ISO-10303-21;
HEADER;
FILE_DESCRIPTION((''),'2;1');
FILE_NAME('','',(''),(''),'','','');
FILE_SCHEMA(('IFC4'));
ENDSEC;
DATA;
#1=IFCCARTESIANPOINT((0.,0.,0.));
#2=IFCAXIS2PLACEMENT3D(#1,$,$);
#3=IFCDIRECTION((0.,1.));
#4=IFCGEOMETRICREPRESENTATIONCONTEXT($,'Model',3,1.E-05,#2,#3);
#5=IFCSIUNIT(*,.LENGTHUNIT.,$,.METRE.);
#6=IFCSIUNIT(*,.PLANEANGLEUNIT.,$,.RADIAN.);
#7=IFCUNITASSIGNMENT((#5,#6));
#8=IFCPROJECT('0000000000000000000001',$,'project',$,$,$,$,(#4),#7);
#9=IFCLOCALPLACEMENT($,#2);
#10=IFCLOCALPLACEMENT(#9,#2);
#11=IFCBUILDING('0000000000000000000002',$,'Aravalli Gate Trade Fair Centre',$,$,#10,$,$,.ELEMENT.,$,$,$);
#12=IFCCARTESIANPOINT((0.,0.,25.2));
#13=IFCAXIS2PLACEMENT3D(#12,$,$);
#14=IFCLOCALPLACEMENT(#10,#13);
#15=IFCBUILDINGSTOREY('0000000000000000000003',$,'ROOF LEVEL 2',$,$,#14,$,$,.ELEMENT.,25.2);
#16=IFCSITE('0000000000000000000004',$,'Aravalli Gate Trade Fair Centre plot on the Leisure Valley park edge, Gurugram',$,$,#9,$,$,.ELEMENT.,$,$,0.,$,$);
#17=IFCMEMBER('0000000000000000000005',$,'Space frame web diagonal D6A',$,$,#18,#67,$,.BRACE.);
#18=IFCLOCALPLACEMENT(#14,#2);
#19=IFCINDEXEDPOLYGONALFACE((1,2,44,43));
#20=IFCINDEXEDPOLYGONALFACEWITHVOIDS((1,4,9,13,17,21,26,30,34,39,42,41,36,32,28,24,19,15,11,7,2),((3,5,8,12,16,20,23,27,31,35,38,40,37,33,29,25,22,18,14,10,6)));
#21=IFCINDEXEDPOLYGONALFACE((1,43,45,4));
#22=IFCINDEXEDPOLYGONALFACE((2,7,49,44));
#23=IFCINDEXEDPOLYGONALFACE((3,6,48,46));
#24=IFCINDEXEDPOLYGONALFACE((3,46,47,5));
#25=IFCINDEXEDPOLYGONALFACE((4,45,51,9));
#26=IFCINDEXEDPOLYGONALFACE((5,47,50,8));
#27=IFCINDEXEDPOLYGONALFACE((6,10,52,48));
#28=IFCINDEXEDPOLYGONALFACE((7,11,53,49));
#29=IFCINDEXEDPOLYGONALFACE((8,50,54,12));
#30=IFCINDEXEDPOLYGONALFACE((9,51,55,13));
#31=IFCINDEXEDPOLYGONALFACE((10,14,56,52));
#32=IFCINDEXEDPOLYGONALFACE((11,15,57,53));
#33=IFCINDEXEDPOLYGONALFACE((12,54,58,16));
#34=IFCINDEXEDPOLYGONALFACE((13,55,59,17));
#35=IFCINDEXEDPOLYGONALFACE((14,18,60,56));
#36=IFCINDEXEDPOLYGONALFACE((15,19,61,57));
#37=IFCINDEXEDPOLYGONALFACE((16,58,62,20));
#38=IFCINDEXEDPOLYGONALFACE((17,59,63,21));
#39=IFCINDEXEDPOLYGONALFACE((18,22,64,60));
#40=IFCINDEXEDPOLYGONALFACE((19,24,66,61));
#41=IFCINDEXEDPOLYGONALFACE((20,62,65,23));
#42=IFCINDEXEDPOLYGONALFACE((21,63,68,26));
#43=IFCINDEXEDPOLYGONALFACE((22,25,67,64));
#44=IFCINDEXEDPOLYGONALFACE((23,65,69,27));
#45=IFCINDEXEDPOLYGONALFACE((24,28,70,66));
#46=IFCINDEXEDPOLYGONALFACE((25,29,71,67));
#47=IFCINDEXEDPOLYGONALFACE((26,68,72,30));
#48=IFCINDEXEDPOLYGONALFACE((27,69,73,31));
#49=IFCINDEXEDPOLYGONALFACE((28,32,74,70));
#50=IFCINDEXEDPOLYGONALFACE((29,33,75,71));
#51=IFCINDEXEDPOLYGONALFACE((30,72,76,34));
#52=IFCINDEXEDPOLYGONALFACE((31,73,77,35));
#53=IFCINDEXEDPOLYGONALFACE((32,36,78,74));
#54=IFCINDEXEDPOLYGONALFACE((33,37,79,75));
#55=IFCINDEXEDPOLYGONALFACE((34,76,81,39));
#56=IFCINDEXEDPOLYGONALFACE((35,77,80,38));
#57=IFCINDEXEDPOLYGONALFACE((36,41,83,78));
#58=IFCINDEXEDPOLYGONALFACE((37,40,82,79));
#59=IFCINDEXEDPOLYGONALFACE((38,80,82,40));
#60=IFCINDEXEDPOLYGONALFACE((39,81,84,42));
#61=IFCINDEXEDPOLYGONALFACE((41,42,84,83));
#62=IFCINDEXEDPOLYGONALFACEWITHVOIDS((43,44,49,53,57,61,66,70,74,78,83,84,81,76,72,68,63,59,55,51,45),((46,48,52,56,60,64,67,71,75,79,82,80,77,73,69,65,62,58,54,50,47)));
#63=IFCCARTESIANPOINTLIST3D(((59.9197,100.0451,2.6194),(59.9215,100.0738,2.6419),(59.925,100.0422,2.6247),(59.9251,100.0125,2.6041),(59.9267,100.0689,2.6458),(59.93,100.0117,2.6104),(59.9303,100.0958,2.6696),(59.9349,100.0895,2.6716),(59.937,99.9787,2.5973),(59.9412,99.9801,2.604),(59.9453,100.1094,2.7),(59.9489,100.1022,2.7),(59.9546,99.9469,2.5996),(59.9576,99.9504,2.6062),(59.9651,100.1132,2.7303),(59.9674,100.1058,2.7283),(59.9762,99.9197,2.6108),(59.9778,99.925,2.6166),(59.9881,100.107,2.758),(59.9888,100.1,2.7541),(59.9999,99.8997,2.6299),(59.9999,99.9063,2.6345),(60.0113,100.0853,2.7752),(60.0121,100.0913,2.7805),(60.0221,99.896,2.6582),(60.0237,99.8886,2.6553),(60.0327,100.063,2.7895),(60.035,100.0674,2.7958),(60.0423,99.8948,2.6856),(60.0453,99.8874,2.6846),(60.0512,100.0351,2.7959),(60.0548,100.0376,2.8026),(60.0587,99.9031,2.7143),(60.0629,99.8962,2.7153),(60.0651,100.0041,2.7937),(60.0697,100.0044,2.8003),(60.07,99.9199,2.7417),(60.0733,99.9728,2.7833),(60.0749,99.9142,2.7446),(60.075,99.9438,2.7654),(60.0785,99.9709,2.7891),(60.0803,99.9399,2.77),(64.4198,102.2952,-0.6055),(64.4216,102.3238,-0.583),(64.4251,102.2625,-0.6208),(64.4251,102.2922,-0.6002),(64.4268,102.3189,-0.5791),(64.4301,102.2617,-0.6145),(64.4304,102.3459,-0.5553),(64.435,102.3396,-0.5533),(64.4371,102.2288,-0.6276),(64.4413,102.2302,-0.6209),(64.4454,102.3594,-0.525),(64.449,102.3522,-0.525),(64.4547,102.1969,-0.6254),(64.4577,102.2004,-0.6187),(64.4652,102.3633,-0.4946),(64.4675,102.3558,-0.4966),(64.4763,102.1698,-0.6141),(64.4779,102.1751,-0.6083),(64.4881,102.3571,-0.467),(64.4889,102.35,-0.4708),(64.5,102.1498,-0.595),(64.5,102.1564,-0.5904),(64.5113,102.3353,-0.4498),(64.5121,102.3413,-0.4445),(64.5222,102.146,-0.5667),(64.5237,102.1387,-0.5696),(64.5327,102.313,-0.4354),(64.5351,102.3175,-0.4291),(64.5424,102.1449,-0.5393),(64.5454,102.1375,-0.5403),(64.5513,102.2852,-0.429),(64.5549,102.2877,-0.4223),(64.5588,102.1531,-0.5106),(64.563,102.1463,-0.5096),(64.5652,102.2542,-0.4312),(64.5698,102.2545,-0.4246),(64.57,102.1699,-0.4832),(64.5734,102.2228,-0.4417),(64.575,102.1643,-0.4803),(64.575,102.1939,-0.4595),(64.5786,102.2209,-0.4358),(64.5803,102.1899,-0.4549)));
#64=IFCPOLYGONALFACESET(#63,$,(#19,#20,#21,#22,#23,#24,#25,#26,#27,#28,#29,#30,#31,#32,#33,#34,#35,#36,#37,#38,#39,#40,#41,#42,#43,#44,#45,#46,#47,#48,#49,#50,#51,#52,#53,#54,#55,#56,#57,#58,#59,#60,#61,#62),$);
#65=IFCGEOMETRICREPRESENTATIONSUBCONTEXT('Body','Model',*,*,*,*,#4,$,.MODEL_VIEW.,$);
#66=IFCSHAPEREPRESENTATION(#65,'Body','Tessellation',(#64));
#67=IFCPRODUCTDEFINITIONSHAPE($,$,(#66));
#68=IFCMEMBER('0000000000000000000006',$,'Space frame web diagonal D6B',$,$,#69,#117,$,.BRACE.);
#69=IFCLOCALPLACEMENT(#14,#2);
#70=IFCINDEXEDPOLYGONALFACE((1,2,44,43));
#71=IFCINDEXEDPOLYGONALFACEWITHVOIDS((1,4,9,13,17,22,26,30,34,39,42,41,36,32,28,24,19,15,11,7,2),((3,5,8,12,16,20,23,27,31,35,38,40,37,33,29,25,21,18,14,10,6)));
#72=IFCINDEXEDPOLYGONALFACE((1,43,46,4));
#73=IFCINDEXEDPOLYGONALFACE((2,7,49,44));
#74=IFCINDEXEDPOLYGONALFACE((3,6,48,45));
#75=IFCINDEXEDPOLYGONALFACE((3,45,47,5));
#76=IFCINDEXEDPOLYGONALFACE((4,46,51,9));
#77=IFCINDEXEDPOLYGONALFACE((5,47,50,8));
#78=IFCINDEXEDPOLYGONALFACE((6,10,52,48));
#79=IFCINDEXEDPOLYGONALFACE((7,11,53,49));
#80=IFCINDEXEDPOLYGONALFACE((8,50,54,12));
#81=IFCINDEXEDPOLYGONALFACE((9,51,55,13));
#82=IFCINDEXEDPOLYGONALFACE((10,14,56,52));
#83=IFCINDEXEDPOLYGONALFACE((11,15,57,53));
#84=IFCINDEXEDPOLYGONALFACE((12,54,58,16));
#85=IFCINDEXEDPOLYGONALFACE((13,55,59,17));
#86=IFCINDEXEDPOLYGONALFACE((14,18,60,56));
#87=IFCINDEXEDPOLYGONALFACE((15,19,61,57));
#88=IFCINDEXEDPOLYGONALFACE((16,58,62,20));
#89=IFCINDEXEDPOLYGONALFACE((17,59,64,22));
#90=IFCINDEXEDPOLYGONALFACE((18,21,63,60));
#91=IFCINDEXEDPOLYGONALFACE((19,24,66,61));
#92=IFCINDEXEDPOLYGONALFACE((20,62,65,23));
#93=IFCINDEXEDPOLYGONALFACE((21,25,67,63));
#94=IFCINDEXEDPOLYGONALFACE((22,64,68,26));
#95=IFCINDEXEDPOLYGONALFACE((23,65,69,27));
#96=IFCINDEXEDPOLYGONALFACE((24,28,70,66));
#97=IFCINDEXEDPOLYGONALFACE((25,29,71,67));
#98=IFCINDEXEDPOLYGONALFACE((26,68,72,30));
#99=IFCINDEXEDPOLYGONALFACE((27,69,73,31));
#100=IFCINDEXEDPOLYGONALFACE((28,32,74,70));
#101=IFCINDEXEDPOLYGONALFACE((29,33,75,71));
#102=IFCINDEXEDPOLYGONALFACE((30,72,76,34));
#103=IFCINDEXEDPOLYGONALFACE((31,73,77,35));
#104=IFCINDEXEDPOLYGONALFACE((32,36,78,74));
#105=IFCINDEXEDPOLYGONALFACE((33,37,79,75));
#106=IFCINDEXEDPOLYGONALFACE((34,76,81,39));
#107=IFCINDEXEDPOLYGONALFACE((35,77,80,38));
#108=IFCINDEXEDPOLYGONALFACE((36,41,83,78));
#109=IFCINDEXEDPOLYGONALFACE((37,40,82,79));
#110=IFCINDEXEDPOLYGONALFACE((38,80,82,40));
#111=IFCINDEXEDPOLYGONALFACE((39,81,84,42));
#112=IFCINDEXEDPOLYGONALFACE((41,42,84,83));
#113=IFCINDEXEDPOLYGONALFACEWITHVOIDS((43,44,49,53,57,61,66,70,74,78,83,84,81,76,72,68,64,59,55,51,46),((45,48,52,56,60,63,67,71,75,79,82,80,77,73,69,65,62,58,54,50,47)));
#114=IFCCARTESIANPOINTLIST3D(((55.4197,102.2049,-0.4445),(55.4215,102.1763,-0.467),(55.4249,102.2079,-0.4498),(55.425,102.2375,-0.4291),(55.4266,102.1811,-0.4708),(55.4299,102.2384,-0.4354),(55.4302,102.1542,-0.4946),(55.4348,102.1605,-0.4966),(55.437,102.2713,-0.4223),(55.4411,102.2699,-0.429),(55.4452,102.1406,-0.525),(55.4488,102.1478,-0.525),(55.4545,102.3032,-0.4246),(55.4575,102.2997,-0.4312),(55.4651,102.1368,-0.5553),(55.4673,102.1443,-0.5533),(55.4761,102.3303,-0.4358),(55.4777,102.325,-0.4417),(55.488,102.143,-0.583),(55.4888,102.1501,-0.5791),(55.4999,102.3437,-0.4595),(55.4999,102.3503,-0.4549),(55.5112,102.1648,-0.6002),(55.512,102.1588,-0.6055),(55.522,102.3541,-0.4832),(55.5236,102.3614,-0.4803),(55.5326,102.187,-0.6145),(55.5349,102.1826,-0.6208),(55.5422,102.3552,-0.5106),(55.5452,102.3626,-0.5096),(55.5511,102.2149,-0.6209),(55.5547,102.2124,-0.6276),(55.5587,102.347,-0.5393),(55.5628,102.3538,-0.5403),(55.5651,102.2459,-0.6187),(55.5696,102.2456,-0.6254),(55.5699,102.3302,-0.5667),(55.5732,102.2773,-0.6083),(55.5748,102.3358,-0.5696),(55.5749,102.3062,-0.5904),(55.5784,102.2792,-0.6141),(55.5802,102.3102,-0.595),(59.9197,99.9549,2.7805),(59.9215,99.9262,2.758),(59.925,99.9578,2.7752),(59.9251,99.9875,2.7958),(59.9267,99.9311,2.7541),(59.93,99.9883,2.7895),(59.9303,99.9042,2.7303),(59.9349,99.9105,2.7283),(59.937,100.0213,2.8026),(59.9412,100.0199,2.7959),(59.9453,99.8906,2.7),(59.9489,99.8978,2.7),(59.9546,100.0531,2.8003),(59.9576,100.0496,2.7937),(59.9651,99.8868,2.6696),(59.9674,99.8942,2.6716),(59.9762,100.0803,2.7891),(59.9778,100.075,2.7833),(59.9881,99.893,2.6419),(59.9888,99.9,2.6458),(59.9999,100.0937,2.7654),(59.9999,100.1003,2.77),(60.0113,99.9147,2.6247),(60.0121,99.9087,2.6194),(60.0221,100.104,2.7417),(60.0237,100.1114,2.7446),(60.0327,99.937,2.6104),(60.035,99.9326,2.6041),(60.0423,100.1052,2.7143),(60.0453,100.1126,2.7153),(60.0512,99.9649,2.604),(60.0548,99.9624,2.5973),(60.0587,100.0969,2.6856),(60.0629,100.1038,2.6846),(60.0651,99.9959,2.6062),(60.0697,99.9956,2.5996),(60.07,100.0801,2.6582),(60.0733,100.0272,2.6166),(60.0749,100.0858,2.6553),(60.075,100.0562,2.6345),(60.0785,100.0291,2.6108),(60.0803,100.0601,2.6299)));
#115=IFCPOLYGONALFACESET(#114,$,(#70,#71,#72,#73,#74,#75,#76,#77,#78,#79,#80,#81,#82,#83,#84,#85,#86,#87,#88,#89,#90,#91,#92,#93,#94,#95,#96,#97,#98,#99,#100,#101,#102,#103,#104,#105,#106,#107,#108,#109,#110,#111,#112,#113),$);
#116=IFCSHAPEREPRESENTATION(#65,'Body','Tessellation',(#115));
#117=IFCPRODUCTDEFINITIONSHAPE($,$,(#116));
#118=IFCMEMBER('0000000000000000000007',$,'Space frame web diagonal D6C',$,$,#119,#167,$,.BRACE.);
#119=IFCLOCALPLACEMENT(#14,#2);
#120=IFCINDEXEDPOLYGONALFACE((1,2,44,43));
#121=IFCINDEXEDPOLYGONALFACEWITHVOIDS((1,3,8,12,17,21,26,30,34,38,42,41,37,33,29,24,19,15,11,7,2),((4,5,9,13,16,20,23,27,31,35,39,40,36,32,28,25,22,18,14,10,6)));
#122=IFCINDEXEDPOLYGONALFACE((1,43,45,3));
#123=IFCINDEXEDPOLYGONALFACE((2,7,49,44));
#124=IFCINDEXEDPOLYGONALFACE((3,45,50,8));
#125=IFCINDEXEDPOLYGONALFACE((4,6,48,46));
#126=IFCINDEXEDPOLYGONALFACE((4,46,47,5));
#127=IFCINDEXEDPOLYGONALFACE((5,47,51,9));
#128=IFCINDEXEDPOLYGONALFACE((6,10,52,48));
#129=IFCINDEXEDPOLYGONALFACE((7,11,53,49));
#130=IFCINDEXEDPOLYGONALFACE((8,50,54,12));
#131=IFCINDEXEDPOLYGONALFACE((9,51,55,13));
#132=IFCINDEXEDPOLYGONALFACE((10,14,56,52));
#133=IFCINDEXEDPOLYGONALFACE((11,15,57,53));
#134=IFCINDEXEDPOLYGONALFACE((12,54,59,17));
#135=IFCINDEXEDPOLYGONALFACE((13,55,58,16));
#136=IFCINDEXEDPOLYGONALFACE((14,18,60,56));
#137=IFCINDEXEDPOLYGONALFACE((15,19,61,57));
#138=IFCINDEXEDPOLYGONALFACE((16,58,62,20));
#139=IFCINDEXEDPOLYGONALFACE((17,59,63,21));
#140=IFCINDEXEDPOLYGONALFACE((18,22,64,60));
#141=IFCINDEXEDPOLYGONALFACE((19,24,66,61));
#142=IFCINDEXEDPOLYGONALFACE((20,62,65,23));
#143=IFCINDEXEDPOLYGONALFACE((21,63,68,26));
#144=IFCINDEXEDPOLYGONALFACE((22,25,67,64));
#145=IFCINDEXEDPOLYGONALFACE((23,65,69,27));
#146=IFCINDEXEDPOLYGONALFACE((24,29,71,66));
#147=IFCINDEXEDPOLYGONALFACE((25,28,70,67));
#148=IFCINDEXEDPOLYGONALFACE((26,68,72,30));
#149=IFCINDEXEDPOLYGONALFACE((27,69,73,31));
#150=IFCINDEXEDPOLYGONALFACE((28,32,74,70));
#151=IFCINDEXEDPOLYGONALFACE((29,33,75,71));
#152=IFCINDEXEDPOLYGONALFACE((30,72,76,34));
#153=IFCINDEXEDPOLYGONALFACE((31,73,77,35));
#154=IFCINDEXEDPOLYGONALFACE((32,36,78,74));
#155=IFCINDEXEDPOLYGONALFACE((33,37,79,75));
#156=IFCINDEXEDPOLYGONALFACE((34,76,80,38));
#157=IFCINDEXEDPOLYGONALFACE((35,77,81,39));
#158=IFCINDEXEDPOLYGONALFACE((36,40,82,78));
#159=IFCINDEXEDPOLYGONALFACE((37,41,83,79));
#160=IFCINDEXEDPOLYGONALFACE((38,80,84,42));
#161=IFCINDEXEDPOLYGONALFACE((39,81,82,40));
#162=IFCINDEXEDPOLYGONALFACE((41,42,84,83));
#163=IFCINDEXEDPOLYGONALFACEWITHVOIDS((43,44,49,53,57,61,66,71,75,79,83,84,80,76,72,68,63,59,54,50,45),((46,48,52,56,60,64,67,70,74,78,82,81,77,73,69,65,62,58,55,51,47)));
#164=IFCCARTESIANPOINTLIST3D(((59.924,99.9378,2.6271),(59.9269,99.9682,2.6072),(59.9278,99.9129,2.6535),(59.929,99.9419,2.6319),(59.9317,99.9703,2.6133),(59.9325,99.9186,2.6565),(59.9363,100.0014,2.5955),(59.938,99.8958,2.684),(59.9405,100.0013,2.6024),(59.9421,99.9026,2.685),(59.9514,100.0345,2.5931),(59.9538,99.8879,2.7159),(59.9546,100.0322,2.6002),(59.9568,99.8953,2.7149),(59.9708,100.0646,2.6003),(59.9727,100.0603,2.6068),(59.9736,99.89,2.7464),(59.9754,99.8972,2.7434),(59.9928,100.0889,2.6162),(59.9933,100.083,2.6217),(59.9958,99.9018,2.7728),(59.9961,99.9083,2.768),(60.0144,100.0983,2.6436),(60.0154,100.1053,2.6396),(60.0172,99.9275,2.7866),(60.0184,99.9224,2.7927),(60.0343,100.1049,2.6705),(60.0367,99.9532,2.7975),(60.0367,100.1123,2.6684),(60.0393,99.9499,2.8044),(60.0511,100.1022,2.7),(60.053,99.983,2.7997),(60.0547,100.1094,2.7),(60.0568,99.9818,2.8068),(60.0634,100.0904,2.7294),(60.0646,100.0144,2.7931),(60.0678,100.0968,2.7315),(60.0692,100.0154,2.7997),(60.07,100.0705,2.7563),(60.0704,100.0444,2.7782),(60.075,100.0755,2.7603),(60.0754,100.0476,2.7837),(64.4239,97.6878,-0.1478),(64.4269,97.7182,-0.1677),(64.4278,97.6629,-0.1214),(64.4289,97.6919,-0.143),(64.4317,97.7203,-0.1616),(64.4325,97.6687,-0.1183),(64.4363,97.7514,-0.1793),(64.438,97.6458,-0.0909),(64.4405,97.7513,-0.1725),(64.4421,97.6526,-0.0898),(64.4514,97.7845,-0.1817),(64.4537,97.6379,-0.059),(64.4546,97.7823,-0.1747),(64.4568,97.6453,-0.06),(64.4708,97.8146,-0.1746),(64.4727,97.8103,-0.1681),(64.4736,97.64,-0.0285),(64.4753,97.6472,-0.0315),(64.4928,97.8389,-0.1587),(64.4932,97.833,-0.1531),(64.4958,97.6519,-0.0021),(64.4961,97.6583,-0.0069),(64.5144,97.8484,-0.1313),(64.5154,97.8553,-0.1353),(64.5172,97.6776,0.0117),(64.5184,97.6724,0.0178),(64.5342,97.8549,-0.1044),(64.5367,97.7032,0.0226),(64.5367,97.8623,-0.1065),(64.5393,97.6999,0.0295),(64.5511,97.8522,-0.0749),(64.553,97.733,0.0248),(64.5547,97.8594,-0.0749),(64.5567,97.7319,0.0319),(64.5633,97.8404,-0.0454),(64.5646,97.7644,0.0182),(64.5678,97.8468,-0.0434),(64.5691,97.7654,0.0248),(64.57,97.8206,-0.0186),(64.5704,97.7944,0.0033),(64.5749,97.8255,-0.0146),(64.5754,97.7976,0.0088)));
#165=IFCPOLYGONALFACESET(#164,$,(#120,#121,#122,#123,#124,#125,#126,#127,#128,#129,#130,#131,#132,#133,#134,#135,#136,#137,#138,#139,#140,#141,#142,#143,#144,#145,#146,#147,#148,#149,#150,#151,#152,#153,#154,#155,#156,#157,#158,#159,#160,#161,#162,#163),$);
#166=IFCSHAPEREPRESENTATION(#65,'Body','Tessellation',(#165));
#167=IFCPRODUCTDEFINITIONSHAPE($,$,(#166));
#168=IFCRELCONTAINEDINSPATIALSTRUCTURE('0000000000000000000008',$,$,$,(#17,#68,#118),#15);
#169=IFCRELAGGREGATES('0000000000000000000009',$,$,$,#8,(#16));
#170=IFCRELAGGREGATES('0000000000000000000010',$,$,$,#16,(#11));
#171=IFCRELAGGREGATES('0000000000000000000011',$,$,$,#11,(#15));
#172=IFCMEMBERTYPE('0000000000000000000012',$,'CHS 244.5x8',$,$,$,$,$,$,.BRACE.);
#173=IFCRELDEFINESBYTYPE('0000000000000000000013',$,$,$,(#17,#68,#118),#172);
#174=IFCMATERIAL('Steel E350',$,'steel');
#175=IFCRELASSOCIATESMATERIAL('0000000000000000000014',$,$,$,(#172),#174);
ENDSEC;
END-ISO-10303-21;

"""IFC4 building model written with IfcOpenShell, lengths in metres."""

from ifc_helpers import new_model, si_unit, direction, frame, origin, origin_2d, place, context, subcontext, project, spatial, hollow_circle, extrude, material, material_profile, profile_set, type_object, element, save


model = new_model("IFC4")

# Units and contexts
model_context = context("Model", 3, precision=1e-05, world=origin(), true_north=direction((0.0, 1.0)))
body_context = subcontext(model_context, "Body", "Model", "MODEL_VIEW")
ifc_project = project(units=[si_unit("LENGTHUNIT", "METRE"), si_unit("PLANEANGLEUNIT", "RADIAN")], contexts=[model_context])

# Site, building, storey
site_placement = place(None, origin())
site = spatial("IfcSite", under=ifc_project, at=site_placement, Name="Aravalli Gate Trade Fair Centre plot on the Leisure Valley park edge, Gurugram", CompositionType="ELEMENT", RefElevation=0.0)
building_placement = place(site_placement, origin())
building = spatial("IfcBuilding", under=site, at=building_placement, Name="Aravalli Gate Trade Fair Centre", CompositionType="ELEMENT")
storey_placement = place(building_placement, frame((0.0, 0.0, 25.2)))
storey = spatial("IfcBuildingStorey", under=building, at=storey_placement, Name="ROOF LEVEL 2", CompositionType="ELEMENT", Elevation=25.2)

# Members
ifc_material_1 = material(Name="Steel E350", Category="steel")
ifc_material_profile_1 = material_profile(ifc_material_1, hollow_circle(Radius=0.1223, WallThickness=0.0081, at=origin_2d()), Name="CHS 244.5x8")
ifc_profile_set_1 = profile_set([ifc_material_profile_1], Name="Steel E350")
member_type_1 = type_object("IfcMemberType", Name="CHS 244.5x8", PredefinedType="BRACE", material=ifc_profile_set_1)
for number, where, z_axis, x_axis, name in (
    (1, (60.0, 100.0, 2.7), (0.753016, 0.376508, -0.539637), (-0.447214, 0.894427, 0.0), "Space frame web diagonal D6A"),
    (2, (60.0, 100.0, 2.7), (-0.753016, 0.376508, -0.539637), (-0.447214, -0.894427, 0.0), "Space frame web diagonal D6B"),
):
    element("IfcMember", number, at=place(storey_placement, frame(where, z_axis=z_axis, x_axis=x_axis)), inside=storey, type_object=member_type_1, Name=name, PredefinedType="BRACE", context=body_context, shape_type="SweptSolid", body=[
        extrude(hollow_circle(Radius=0.1223, WallThickness=0.0081, at=origin_2d()), origin(), (0.0, 0.0, 1.0), 5.9761),
    ])
for number, where, z_axis, x_axis, name in (
    (3, (60.0, 100.0, 2.7), (0.7832, -0.3916, -0.482956), (0.447214, 0.894427, 0.0), "Space frame web diagonal D6C"),
):
    element("IfcMember", number, at=place(storey_placement, frame(where, z_axis=z_axis, x_axis=x_axis)), inside=storey, type_object=member_type_1, Name=name, PredefinedType="BRACE", context=body_context, shape_type="SweptSolid", body=[
        extrude(hollow_circle(Radius=0.1223, WallThickness=0.0081, at=origin_2d()), origin(), (0.0, 0.0, 1.0), 5.7456),
    ])

save(model, "model.ifc")
